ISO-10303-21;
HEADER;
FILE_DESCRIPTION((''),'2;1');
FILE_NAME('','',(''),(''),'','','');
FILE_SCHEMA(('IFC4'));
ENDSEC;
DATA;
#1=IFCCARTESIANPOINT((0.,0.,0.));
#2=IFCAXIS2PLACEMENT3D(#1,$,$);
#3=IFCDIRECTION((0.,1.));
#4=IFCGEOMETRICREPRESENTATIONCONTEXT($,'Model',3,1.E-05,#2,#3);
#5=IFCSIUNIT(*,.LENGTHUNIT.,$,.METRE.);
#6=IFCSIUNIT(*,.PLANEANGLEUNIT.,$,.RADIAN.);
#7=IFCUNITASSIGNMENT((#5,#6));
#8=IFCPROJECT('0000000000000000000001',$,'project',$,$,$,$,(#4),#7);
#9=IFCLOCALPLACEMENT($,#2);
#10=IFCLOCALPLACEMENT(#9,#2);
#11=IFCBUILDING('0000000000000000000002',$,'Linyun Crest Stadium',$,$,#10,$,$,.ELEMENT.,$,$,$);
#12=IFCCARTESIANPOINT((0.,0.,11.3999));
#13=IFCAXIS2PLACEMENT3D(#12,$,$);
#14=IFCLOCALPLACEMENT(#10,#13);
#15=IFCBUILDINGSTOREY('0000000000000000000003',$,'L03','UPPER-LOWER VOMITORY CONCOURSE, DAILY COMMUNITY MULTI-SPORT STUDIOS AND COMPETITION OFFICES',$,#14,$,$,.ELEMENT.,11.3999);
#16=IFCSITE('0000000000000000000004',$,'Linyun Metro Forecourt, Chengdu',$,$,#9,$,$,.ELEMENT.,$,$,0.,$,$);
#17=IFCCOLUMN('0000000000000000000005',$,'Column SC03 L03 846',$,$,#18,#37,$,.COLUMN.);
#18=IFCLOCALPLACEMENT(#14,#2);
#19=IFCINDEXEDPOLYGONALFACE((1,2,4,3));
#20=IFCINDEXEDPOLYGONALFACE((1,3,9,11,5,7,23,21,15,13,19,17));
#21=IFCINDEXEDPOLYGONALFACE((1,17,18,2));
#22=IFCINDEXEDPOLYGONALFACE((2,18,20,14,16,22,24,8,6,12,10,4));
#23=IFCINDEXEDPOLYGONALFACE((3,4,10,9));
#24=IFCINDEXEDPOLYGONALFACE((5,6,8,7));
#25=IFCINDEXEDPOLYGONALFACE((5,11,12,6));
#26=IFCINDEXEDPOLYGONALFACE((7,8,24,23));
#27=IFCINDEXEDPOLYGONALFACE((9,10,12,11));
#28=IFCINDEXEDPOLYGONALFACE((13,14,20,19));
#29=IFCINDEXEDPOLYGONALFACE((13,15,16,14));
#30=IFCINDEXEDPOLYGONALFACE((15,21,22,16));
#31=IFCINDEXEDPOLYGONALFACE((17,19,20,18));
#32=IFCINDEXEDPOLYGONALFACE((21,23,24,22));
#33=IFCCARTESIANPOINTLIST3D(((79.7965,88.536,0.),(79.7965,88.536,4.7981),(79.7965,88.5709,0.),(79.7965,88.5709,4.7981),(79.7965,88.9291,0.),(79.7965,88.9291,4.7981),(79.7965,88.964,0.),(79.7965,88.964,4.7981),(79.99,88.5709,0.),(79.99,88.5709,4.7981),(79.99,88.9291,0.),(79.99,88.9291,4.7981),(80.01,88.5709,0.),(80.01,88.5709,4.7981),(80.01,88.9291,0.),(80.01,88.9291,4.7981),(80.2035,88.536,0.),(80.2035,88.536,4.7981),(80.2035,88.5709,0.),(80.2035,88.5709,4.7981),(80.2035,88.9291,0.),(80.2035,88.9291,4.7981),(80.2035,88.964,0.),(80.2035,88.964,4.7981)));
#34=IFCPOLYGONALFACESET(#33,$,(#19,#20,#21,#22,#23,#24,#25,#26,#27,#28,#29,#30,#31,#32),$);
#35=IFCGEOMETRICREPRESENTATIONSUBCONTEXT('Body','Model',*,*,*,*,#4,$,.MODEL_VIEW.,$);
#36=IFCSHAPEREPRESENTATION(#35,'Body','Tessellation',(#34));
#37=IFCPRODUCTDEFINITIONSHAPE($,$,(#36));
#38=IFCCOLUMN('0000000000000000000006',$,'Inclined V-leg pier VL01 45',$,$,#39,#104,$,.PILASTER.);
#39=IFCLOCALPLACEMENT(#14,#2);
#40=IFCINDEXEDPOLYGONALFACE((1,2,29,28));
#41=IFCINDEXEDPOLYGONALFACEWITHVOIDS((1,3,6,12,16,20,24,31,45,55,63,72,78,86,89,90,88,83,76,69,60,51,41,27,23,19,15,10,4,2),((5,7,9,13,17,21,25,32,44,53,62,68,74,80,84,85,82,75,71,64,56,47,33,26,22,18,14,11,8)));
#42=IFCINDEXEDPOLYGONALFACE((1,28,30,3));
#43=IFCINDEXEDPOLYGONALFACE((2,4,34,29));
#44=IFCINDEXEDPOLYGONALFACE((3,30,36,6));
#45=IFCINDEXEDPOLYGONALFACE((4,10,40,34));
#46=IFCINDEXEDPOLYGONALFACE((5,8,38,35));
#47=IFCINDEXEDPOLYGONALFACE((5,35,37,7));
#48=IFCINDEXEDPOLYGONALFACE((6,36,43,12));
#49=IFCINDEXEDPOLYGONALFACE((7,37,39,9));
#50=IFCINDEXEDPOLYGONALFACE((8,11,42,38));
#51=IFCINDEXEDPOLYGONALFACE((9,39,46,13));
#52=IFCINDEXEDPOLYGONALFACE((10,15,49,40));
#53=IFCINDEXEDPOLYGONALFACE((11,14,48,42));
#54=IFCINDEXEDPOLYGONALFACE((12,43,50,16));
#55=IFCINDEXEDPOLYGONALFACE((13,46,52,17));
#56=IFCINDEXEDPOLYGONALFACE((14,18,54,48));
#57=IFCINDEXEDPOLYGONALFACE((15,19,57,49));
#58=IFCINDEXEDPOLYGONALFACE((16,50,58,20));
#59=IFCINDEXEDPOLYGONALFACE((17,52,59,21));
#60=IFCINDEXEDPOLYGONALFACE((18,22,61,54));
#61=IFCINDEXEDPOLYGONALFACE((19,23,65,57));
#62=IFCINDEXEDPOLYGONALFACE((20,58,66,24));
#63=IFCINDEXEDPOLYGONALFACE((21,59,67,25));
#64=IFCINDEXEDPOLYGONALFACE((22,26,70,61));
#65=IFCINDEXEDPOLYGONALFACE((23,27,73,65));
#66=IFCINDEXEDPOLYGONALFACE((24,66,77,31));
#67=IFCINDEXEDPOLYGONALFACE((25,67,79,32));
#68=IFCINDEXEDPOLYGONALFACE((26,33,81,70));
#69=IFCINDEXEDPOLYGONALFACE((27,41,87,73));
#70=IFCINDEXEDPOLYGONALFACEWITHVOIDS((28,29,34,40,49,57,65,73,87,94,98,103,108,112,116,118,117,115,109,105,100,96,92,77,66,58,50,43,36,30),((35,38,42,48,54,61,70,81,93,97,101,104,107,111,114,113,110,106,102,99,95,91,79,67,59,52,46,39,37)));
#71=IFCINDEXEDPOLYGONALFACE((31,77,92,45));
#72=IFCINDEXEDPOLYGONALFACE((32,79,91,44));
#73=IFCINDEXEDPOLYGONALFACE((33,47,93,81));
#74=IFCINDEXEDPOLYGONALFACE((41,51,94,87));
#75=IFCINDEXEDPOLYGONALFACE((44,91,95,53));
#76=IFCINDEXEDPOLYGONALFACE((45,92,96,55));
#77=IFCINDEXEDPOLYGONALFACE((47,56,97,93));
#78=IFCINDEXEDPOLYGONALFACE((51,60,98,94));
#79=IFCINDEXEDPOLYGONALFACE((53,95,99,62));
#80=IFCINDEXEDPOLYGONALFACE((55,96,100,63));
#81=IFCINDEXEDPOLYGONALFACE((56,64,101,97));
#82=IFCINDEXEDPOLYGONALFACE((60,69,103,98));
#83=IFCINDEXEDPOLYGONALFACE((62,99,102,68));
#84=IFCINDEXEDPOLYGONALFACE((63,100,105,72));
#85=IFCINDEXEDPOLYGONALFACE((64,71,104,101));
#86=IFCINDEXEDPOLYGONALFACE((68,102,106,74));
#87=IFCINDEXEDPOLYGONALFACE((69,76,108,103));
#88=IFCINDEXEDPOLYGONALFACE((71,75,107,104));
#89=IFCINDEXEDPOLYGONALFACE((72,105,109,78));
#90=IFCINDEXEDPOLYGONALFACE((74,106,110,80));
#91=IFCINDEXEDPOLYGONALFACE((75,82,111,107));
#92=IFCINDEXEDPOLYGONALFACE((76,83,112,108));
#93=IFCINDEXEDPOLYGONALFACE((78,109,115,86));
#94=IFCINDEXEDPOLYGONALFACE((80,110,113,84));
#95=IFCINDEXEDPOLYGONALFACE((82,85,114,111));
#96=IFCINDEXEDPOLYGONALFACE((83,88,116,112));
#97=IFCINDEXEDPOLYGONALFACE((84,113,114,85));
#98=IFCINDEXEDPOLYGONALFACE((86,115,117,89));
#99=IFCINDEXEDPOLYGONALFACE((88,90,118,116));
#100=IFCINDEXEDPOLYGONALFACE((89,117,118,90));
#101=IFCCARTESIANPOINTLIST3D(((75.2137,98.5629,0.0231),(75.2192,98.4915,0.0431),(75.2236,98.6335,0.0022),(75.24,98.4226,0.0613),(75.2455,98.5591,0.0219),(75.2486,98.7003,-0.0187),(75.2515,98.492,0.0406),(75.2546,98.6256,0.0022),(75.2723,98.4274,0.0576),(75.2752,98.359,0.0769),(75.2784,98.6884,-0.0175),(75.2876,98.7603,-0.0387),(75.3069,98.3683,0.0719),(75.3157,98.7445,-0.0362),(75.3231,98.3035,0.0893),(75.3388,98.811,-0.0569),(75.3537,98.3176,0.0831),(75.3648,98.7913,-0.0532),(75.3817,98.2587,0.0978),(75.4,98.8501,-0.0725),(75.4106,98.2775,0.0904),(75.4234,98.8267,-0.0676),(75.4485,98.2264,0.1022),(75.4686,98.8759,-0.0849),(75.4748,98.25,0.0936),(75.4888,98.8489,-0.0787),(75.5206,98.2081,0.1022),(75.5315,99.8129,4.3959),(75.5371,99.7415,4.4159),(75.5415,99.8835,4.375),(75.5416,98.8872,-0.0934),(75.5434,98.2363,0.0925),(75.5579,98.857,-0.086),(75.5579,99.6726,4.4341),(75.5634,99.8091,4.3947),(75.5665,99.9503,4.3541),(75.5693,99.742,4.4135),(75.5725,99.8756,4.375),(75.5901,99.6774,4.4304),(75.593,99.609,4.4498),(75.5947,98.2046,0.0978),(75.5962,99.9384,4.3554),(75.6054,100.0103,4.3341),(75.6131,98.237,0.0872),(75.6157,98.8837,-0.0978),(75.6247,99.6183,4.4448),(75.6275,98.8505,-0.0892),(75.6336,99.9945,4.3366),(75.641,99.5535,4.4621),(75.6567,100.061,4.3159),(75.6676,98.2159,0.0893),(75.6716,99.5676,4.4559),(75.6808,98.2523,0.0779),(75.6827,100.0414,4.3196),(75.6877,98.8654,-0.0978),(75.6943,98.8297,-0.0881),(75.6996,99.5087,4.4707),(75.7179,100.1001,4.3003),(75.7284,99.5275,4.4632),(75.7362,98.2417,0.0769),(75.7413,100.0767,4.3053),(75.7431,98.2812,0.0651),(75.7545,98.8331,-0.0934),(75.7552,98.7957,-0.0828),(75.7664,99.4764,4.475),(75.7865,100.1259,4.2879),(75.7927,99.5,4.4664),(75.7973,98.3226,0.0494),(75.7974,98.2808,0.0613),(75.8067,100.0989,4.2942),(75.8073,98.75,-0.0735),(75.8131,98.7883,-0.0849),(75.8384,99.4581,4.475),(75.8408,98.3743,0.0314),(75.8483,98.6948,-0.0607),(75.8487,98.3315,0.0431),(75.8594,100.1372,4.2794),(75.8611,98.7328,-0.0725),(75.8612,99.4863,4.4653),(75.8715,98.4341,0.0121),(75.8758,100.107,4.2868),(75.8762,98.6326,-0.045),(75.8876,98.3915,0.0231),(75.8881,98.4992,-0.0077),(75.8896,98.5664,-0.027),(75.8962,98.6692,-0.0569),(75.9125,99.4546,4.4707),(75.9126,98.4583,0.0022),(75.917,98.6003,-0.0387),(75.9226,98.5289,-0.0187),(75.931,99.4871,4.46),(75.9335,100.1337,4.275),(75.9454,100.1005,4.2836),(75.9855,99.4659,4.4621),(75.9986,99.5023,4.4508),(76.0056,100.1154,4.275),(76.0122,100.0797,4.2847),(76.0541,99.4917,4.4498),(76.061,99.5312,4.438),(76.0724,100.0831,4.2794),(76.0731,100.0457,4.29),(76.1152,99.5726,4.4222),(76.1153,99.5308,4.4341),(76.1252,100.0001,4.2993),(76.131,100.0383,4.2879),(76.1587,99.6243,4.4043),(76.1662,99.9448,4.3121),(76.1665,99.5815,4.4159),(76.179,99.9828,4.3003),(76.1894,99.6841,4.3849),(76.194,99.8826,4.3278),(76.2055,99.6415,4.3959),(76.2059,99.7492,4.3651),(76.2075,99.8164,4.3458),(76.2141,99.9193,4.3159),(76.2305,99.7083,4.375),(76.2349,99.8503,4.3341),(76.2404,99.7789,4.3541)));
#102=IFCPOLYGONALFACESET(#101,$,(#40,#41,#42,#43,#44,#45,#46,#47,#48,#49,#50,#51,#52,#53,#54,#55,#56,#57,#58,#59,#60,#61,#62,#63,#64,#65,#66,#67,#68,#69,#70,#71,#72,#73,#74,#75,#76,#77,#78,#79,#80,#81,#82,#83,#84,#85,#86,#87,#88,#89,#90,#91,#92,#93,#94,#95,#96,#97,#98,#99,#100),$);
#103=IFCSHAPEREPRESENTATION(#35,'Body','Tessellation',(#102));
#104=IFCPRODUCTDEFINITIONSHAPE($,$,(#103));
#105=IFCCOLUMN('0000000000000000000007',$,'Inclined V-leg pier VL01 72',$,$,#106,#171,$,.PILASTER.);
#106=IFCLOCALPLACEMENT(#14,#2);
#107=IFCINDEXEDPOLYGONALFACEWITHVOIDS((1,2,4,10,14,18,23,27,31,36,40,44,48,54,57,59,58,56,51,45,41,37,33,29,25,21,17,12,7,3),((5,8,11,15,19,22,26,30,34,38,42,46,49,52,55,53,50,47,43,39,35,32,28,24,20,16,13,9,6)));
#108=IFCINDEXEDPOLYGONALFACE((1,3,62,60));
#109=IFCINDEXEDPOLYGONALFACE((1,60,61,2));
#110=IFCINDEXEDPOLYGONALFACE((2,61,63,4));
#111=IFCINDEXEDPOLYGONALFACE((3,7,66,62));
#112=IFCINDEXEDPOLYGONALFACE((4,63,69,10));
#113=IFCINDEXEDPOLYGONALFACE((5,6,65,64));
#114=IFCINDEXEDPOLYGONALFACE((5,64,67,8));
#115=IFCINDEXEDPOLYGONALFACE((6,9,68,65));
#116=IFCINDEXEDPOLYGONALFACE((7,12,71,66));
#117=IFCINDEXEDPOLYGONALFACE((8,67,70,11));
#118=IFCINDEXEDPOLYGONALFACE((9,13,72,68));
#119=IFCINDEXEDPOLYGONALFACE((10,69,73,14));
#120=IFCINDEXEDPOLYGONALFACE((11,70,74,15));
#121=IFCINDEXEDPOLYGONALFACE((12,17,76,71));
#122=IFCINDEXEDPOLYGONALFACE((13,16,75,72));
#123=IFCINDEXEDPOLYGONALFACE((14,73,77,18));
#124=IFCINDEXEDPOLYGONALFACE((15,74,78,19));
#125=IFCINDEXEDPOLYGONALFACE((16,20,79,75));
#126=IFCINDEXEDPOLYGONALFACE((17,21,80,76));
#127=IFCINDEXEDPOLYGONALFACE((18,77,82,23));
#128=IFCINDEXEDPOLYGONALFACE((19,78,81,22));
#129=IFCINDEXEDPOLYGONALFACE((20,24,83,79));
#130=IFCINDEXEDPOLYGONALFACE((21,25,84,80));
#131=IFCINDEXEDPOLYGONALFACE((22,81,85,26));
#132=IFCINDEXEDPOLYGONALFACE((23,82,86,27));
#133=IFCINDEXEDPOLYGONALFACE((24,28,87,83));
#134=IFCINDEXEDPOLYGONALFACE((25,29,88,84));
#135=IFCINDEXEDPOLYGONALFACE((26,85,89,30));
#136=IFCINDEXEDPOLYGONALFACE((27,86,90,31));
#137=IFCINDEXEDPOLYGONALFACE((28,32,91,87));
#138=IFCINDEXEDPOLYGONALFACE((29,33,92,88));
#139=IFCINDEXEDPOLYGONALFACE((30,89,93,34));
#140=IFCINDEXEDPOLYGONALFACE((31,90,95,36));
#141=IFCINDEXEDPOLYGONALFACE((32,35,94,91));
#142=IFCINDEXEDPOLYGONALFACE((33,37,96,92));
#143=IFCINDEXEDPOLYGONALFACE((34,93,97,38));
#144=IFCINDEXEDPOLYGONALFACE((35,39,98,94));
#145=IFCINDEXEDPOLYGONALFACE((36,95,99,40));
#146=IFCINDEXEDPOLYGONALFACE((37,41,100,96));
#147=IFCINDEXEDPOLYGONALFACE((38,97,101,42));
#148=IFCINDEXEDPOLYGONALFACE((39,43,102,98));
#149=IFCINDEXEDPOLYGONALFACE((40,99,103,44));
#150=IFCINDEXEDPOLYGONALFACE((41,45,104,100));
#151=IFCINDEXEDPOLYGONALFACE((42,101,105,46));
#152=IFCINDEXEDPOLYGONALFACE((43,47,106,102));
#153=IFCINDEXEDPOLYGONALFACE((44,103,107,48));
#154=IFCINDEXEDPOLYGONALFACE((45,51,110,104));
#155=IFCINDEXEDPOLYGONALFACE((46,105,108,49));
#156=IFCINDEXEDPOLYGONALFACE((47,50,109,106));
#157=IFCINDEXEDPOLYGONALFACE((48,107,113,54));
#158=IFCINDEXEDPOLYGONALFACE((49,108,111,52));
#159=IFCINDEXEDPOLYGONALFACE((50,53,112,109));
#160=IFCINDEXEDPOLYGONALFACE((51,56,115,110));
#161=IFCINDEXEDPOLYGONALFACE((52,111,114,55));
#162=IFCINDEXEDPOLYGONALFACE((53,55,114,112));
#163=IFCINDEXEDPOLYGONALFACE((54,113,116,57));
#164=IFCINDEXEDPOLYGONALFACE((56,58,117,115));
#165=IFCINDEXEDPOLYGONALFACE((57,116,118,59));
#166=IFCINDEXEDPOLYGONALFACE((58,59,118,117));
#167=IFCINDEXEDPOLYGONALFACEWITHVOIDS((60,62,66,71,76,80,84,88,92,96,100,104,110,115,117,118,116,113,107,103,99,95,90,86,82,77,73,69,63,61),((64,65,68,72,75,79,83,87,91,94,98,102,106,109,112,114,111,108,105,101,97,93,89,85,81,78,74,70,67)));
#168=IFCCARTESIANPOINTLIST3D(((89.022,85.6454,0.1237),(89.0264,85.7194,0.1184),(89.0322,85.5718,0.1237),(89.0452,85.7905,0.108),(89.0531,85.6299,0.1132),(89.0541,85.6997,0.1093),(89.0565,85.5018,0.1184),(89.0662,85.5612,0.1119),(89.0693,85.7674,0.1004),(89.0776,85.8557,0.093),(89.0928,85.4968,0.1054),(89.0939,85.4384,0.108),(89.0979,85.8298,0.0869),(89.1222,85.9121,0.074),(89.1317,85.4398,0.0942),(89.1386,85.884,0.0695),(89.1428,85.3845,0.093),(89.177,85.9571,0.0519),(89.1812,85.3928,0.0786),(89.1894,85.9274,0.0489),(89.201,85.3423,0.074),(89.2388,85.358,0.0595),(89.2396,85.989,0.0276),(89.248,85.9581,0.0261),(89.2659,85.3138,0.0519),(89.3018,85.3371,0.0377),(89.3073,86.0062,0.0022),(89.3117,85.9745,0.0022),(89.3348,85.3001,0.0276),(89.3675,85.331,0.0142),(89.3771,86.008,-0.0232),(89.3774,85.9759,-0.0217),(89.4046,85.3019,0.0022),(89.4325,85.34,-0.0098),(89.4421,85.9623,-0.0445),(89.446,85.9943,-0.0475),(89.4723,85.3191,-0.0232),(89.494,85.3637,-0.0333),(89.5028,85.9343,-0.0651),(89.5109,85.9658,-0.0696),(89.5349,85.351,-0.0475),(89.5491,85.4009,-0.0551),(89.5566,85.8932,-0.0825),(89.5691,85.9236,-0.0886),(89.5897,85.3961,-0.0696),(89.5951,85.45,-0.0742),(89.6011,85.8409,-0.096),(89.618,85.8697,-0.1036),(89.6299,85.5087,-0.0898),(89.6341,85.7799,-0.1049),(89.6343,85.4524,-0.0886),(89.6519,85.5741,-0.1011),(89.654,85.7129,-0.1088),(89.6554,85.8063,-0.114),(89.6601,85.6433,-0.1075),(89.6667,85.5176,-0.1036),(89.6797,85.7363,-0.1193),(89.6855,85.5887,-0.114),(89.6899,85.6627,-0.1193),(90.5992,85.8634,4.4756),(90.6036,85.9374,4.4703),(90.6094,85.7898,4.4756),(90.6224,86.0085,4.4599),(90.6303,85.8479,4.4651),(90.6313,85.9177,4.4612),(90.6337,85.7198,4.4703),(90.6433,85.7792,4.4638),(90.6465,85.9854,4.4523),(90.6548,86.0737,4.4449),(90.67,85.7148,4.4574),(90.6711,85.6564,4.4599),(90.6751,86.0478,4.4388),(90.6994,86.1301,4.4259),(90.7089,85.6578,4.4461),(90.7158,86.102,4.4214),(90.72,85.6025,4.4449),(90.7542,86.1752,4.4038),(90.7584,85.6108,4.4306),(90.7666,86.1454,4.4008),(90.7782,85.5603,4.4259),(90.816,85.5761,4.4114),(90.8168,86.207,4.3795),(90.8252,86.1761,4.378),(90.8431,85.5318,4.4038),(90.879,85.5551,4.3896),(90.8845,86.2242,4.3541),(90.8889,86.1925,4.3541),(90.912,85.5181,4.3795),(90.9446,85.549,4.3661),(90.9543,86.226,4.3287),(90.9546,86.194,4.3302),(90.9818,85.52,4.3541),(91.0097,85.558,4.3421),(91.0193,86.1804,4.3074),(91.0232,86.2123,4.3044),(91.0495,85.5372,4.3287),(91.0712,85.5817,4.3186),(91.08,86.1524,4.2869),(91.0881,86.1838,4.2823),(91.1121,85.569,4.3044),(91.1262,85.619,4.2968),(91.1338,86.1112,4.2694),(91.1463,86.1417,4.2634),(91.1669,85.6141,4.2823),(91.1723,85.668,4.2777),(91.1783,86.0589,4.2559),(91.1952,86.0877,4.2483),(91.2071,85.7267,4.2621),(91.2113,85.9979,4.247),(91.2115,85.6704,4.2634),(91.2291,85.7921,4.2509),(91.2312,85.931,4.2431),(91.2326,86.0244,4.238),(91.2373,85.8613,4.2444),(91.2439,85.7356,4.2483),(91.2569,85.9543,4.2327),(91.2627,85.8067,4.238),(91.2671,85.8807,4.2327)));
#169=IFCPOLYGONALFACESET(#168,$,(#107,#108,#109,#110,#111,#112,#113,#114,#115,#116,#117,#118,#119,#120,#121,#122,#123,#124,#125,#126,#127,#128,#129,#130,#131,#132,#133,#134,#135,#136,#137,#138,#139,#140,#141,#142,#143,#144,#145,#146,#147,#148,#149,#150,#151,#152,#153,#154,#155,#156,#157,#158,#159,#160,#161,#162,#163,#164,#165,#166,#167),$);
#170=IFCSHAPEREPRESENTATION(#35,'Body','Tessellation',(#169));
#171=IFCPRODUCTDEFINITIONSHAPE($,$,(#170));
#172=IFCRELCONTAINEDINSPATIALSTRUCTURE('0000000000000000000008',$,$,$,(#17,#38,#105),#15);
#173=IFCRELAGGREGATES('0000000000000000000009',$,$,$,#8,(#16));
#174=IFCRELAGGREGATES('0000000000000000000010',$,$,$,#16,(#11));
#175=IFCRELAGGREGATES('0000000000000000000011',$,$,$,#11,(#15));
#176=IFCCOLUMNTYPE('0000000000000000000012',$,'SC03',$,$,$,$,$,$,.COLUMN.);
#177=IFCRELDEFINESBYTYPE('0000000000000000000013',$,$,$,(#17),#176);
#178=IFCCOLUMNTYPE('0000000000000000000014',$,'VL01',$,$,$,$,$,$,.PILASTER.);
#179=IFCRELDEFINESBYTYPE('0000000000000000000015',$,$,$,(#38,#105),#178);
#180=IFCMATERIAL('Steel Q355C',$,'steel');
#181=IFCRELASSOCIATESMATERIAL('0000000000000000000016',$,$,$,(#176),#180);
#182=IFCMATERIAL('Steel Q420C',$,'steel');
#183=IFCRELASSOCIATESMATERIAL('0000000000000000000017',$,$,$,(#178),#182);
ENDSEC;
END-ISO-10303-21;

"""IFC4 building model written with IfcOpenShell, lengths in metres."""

from ifc_helpers import new_model, si_unit, direction, frame, origin, origin_2d, place, context, subcontext, project, spatial, hollow_circle, i_section, extrude, material, material_profile, profile_set, type_object, element, save


model = new_model("IFC4")

# Units and contexts
model_context = context("Model", 3, precision=1e-05, world=origin(), true_north=direction((0.0, 1.0)))
body_context = subcontext(model_context, "Body", "Model", "MODEL_VIEW")
ifc_project = project(units=[si_unit("LENGTHUNIT", "METRE"), si_unit("PLANEANGLEUNIT", "RADIAN")], contexts=[model_context])

# Site, building, storey
site_placement = place(None, origin())
site = spatial("IfcSite", under=ifc_project, at=site_placement, Name="Linyun Metro Forecourt, Chengdu", CompositionType="ELEMENT", RefElevation=0.0)
building_placement = place(site_placement, origin())
building = spatial("IfcBuilding", under=site, at=building_placement, Name="Linyun Crest Stadium", CompositionType="ELEMENT")
storey_placement = place(building_placement, frame((0.0, 0.0, 11.3999)))
storey = spatial("IfcBuildingStorey", under=building, at=storey_placement, Name="L03", Description="UPPER-LOWER VOMITORY CONCOURSE, DAILY COMMUNITY MULTI-SPORT STUDIOS AND COMPETITION OFFICES", CompositionType="ELEMENT", Elevation=11.3999)

# Columns
ifc_material_1 = material(Name="Steel Q355C", Category="steel")
ifc_material_profile_1 = material_profile(ifc_material_1, i_section(OverallWidth=0.407, OverallDepth=0.428, WebThickness=0.02, FlangeThickness=0.0349, at=origin_2d()), Name="HW 428x407")
ifc_profile_set_1 = profile_set([ifc_material_profile_1], Name="Steel Q355C")
column_type_1 = type_object("IfcColumnType", Name="SC03", PredefinedType="COLUMN", material=ifc_profile_set_1)
column_1_placement = place(storey_placement, frame((80.0, 88.75, 0.0), z_axis=(0.0, 0.0, 1.0), x_axis=(1.0, 0.0, 0.0)))
element("IfcColumn", 1, at=column_1_placement, inside=storey, type_object=column_type_1, Name="Column SC03 L03 846", PredefinedType="COLUMN", context=body_context, shape_type="SweptSolid", body=[
    extrude(i_section(OverallWidth=0.407, OverallDepth=0.428, WebThickness=0.02, FlangeThickness=0.0349, at=origin_2d()), origin(), (0.0, 0.0, 1.0), 4.7981),
])
ifc_material_2 = material(Name="Steel Q420C", Category="steel")
ifc_material_profile_2 = material_profile(ifc_material_2, hollow_circle(Radius=0.3555, WallThickness=0.032, at=origin_2d()), Name="CHS 711x32")
ifc_profile_set_2 = profile_set([ifc_material_profile_2], Name="Steel Q420C")
column_type_2 = type_object("IfcColumnType", Name="VL01", PredefinedType="PILASTER", material=ifc_profile_set_2)
column_2_placement = place(storey_placement, frame((75.5681, 98.5459, 0.0022), z_axis=(0.069723, 0.27418, 0.959148), x_axis=(-0.969155, 0.246453, 0.0)))
element("IfcColumn", 2, at=column_2_placement, inside=storey, type_object=column_type_2, Name="Inclined V-leg pier VL01 45", PredefinedType="PILASTER", context=body_context, shape_type="SweptSolid", body=[
    extrude(hollow_circle(Radius=0.3555, WallThickness=0.032, at=origin_2d()), origin(), (0.0, 0.0, 1.0), 4.5591),
])
column_3_placement = place(storey_placement, frame((89.356, 85.6541, 0.0022), z_axis=(0.340349, 0.047048, 0.939121), x_axis=(-0.136933, 0.99058, 0.0)))
element("IfcColumn", 3, at=column_3_placement, inside=storey, type_object=column_type_2, Name="Inclined V-leg pier VL01 72", PredefinedType="PILASTER", context=body_context, shape_type="SweptSolid", body=[
    extrude(hollow_circle(Radius=0.3555, WallThickness=0.032, at=origin_2d()), origin(), (0.0, 0.0, 1.0), 4.634),
])

save(model, "model.ifc")
